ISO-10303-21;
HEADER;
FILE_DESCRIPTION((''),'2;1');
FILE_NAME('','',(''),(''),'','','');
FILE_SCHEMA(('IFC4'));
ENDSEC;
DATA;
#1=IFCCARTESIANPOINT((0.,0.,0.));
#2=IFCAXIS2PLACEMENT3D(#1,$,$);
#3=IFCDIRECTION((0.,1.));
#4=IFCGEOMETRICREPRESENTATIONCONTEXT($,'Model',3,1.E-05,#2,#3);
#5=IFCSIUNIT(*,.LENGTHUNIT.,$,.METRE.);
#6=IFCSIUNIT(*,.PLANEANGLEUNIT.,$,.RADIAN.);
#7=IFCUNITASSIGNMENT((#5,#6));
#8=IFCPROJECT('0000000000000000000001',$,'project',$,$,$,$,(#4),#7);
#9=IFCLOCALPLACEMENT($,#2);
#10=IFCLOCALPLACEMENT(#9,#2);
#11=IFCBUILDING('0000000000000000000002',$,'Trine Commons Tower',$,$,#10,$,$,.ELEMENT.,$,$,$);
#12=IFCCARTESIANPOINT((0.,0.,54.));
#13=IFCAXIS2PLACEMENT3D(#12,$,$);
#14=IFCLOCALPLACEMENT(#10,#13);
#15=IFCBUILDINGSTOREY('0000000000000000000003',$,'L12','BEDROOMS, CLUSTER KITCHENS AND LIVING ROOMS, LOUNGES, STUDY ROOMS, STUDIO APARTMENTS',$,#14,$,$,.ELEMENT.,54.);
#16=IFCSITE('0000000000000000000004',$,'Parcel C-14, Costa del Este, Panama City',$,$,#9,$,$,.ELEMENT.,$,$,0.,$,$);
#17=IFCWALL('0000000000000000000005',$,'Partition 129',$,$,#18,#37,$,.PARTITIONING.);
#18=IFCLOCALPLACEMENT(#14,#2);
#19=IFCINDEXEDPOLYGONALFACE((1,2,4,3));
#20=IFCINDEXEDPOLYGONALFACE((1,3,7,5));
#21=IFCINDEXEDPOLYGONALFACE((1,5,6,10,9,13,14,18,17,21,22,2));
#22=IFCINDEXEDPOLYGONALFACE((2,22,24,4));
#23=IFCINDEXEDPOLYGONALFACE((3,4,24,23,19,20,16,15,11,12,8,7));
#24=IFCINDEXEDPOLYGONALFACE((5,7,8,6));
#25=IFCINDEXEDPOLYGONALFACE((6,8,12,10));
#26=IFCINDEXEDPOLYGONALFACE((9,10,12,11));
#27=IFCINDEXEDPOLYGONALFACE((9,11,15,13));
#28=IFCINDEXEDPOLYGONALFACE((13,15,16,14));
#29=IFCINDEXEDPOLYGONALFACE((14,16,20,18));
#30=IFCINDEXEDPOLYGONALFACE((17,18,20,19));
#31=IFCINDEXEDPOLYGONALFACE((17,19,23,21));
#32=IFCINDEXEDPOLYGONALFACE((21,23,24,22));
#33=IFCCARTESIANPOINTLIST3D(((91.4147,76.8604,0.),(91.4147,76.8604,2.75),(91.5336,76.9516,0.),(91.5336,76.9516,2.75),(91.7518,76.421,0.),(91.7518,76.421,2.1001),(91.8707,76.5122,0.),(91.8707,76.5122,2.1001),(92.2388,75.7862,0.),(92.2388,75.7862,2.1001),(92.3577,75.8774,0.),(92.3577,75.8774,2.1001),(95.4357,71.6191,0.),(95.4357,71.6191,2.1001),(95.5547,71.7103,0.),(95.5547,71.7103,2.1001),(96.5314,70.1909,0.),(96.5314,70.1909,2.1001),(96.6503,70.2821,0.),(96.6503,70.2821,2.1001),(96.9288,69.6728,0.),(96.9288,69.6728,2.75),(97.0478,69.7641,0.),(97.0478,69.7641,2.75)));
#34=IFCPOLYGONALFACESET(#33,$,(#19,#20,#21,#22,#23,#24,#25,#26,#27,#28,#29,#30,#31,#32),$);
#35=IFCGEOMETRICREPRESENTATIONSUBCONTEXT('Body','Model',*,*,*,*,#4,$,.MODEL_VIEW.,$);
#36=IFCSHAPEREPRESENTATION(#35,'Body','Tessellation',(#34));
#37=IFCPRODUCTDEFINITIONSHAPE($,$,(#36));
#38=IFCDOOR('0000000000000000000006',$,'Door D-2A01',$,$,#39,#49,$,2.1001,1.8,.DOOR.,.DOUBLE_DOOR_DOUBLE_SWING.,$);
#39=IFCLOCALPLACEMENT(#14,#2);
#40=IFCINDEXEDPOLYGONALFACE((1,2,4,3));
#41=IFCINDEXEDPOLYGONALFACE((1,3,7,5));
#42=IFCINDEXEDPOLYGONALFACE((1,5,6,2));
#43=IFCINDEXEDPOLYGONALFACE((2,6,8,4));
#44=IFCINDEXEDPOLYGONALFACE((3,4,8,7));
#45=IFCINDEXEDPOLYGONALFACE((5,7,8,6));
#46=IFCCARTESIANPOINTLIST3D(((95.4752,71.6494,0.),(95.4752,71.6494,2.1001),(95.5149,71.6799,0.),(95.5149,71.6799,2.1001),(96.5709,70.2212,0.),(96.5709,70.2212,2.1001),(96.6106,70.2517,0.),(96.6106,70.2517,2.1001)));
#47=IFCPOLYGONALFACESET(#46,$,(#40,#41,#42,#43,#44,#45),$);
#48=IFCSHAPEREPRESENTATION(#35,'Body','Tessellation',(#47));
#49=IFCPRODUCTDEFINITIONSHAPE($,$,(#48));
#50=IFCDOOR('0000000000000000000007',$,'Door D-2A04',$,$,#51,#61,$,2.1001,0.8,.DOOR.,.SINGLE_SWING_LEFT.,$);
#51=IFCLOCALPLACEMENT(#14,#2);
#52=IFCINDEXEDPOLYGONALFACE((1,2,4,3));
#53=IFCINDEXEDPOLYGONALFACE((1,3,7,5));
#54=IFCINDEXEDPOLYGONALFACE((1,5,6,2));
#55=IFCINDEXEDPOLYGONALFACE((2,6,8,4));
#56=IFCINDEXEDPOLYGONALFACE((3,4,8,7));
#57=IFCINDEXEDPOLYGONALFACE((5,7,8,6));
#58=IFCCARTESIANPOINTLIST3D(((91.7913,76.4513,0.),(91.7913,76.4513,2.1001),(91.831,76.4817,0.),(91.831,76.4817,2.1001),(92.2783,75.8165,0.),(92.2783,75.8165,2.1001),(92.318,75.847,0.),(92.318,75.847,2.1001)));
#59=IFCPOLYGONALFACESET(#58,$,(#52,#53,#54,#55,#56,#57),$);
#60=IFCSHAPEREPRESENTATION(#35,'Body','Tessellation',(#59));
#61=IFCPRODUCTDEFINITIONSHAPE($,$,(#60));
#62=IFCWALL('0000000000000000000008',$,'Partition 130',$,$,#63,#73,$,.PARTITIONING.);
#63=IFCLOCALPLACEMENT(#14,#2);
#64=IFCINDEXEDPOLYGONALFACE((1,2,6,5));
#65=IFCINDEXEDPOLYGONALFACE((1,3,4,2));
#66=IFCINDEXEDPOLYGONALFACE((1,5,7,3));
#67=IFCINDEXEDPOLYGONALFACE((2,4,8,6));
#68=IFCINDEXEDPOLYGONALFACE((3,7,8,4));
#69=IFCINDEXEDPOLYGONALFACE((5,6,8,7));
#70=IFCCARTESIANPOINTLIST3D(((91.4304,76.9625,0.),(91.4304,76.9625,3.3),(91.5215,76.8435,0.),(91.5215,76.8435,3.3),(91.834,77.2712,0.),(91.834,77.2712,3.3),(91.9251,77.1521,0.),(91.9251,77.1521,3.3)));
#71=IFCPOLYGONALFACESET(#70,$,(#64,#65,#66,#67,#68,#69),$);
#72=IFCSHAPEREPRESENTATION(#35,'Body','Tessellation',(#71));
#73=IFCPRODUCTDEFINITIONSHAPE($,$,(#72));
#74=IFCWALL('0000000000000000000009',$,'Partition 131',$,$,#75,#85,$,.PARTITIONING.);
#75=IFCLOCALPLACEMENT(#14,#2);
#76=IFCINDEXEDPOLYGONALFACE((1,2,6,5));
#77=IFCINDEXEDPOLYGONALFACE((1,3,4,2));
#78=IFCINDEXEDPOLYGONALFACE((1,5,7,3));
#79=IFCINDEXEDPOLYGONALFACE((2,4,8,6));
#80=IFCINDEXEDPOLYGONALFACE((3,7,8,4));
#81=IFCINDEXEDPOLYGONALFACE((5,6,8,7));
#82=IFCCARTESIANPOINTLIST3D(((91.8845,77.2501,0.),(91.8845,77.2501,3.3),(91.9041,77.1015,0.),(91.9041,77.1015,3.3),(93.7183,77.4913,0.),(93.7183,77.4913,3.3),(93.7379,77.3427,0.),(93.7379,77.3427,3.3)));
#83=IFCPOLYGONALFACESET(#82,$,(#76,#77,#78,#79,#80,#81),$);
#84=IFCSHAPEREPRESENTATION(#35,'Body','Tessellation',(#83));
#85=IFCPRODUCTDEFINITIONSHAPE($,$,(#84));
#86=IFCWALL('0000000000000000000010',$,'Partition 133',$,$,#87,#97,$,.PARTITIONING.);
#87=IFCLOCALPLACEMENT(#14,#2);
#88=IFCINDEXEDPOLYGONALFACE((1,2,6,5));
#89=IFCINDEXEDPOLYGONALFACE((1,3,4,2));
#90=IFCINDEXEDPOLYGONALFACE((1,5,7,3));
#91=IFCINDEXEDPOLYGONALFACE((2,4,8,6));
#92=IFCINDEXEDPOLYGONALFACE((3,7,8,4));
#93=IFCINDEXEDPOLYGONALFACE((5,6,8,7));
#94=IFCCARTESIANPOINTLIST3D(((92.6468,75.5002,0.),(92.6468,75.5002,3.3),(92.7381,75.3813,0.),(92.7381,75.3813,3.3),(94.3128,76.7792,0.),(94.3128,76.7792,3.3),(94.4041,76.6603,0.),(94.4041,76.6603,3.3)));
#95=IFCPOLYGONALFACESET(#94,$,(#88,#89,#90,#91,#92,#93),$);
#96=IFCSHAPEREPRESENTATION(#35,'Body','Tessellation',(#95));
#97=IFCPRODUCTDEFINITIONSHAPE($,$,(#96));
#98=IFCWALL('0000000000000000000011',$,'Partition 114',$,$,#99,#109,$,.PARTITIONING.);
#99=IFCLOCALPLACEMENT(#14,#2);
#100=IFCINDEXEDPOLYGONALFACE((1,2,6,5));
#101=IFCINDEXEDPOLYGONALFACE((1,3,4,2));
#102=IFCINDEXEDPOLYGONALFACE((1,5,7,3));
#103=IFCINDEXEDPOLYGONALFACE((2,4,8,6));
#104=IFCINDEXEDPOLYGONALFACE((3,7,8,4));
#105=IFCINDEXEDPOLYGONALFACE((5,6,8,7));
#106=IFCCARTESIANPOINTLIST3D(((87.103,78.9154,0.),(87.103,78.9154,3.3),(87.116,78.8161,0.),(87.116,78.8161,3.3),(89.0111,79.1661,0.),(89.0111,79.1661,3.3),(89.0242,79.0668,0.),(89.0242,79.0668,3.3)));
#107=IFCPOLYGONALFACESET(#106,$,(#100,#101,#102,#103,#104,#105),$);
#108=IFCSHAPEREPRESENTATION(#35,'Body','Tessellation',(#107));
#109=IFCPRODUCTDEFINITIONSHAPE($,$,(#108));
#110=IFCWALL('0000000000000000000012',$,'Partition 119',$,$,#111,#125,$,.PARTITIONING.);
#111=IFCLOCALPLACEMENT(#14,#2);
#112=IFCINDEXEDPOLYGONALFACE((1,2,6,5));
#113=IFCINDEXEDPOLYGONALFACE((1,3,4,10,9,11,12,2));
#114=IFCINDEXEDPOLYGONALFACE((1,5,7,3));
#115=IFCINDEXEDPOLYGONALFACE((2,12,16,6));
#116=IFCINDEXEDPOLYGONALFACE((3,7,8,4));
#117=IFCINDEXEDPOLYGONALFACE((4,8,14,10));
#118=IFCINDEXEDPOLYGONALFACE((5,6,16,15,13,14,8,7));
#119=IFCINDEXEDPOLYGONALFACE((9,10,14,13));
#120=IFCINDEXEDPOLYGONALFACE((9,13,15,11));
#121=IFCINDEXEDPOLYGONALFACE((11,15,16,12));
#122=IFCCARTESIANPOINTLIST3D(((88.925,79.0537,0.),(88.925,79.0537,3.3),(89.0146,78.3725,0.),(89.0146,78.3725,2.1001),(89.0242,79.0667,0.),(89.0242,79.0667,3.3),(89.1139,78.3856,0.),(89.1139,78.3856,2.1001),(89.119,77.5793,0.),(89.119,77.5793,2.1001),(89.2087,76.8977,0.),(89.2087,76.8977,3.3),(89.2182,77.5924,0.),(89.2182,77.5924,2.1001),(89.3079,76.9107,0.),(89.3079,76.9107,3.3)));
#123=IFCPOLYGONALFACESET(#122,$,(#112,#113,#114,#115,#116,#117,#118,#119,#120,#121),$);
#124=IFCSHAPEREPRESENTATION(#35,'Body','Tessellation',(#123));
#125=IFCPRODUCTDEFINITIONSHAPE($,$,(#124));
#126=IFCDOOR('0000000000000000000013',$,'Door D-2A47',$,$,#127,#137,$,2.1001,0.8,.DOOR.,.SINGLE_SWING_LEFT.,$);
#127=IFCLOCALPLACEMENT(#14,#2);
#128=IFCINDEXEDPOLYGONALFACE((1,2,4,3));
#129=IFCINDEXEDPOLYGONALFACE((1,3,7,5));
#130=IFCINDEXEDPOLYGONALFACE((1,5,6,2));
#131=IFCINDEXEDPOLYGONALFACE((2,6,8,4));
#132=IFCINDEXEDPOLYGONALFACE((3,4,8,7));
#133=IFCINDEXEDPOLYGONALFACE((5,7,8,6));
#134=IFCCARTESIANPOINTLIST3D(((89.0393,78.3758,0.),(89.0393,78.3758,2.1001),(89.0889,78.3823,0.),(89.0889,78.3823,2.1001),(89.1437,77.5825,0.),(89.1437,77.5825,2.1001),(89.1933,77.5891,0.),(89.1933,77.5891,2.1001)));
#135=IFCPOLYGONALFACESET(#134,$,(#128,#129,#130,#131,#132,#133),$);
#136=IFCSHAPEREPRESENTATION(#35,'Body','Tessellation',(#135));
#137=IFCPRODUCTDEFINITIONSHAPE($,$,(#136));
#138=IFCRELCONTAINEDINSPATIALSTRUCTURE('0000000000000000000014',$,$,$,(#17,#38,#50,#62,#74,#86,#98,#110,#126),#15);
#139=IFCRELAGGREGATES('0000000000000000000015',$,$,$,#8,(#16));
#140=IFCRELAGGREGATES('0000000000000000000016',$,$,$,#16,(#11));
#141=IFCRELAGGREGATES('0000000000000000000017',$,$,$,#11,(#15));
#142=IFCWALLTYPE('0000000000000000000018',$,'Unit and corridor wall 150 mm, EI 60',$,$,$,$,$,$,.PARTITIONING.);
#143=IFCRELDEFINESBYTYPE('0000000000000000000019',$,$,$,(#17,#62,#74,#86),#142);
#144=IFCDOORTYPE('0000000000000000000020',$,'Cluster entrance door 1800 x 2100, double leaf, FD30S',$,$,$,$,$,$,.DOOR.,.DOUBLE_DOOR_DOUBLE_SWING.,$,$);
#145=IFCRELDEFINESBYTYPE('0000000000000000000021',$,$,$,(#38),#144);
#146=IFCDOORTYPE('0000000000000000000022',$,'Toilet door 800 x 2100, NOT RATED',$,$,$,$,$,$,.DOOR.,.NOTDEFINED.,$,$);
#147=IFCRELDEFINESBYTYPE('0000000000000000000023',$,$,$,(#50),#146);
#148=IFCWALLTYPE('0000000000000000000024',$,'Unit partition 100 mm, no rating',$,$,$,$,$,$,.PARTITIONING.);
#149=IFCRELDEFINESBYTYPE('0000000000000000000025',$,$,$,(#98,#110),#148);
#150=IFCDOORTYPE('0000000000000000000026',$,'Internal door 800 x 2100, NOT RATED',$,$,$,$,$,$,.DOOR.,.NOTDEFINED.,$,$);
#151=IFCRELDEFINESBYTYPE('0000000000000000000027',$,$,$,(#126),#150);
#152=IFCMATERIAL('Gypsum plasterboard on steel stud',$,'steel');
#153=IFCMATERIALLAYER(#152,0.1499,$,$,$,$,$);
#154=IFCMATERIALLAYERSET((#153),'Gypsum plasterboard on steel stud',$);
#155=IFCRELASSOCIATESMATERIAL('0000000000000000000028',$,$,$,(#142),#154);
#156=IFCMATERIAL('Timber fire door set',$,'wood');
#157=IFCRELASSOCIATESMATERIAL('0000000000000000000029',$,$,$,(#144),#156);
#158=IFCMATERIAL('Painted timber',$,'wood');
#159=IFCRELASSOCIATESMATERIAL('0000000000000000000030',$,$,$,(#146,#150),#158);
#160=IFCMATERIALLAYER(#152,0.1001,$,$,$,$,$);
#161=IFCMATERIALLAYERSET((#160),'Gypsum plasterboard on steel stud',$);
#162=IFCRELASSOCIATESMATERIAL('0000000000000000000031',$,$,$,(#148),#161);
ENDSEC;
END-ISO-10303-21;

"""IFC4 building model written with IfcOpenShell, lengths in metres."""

from ifc_helpers import new_model, si_unit, direction, frame, frame_2d, origin, place, context, subcontext, project, spatial, rectangle, extrude, material, layer, layer_set, type_object, element, fill, save


model = new_model("IFC4")

# Units and contexts
model_context = context("Model", 3, precision=1e-05, world=origin(), true_north=direction((0.0, 1.0)))
body_context = subcontext(model_context, "Body", "Model", "MODEL_VIEW")
ifc_project = project(units=[si_unit("LENGTHUNIT", "METRE"), si_unit("PLANEANGLEUNIT", "RADIAN")], contexts=[model_context])

# Site, building, storey
site_placement = place(None, origin())
site = spatial("IfcSite", under=ifc_project, at=site_placement, Name="Parcel C-14, Costa del Este, Panama City", CompositionType="ELEMENT", RefElevation=0.0)
building_placement = place(site_placement, origin())
building = spatial("IfcBuilding", under=site, at=building_placement, Name="Trine Commons Tower", CompositionType="ELEMENT")
storey_placement = place(building_placement, frame((0.0, 0.0, 54.0)))
storey = spatial("IfcBuildingStorey", under=building, at=storey_placement, Name="L12", Description="BEDROOMS, CLUSTER KITCHENS AND LIVING ROOMS, LOUNGES, STUDY ROOMS, STUDIO APARTMENTS", CompositionType="ELEMENT", Elevation=54.0)

# Shared definitions
ifc_material_1 = material(Name="Gypsum plasterboard on steel stud", Category="steel")
ifc_layer_1 = layer(ifc_material_1, 0.1499)
ifc_layer_set_1 = layer_set([ifc_layer_1], Name="Gypsum plasterboard on steel stud")
wall_type_1 = type_object("IfcWallType", Name="Unit and corridor wall 150 mm, EI 60", PredefinedType="PARTITIONING", material=ifc_layer_set_1)

# Shared definitions
ifc_material_2 = material(Name="Timber fire door set", Category="wood")

# Wall, openings, doors
wall_1_placement = place(storey_placement, frame((91.4741, 76.906, 0.0), z_axis=(0.0, 0.0, 1.0), x_axis=(0.608692, -0.793407, 0.0)))
wall_1 = element("IfcWall", 1, at=wall_1_placement, inside=storey, type_object=wall_type_1, Name="Partition 129", PredefinedType="PARTITIONING", context=body_context, shape_type="SweptSolid", body=[
    extrude(rectangle(XDim=9.0591, YDim=0.1499, at=frame_2d((4.5295, 0.0))), origin(), (0.0, 0.0, 1.0), 2.75),
])
opening_1_placement = place(wall_1_placement, frame((6.6062, 0.0, 0.0)))
opening_1 = element("IfcOpeningElement", 2, at=opening_1_placement, cuts=wall_1, PredefinedType="OPENING", context=body_context, shape_type="SweptSolid", body=[
    extrude(rectangle(XDim=1.8, YDim=2.1001, at=frame_2d((0.8999, 1.05))), frame((0.0, 0.085, 0.0), z_axis=(0.0, -1.0, 0.0), x_axis=(1.0, 0.0, 0.0)), (0.0, 0.0, 1.0), 0.1699),
])
opening_2_placement = place(wall_1_placement, frame((0.554, 0.0, 0.0)))
opening_2 = element("IfcOpeningElement", 3, at=opening_2_placement, cuts=wall_1, PredefinedType="OPENING", context=body_context, shape_type="SweptSolid", body=[
    extrude(rectangle(XDim=0.8, YDim=2.1001, at=frame_2d((0.3999, 1.05))), frame((0.0, 0.085, 0.0), z_axis=(0.0, -1.0, 0.0), x_axis=(1.0, 0.0, 0.0)), (0.0, 0.0, 1.0), 0.1699),
])
door_type_1 = type_object("IfcDoorType", Name="Cluster entrance door 1800 x 2100, double leaf, FD30S", OperationType="DOUBLE_DOOR_DOUBLE_SWING", PredefinedType="DOOR", material=ifc_material_2)
door_1_placement = place(opening_1_placement, origin())
door_1 = element("IfcDoor", 4, at=door_1_placement, inside=storey, type_object=door_type_1, Name="Door D-2A01", OperationType="DOUBLE_DOOR_DOUBLE_SWING", OverallHeight=2.1001, OverallWidth=1.8, PredefinedType="DOOR", context=body_context, shape_type="SweptSolid", body=[
    extrude(rectangle(XDim=1.8, YDim=2.1001, at=frame_2d((0.8999, 1.05))), frame((0.0, 0.0249, 0.0), z_axis=(0.0, -1.0, 0.0), x_axis=(1.0, 0.0, 0.0)), (0.0, 0.0, 1.0), 0.05),
])
fill(opening_1, door_1)
ifc_material_3 = material(Name="Painted timber", Category="wood")
door_type_2 = type_object("IfcDoorType", Name="Toilet door 800 x 2100, NOT RATED", OperationType="NOTDEFINED", PredefinedType="DOOR", material=ifc_material_3)
door_2_placement = place(opening_2_placement, origin())
door_2 = element("IfcDoor", 5, at=door_2_placement, inside=storey, type_object=door_type_2, Name="Door D-2A04", OperationType="SINGLE_SWING_LEFT", OverallHeight=2.1001, OverallWidth=0.8, PredefinedType="DOOR", context=body_context, shape_type="SweptSolid", body=[
    extrude(rectangle(XDim=0.8, YDim=2.1001, at=frame_2d((0.3999, 1.05))), frame((0.0, 0.0249, 0.0), z_axis=(0.0, -1.0, 0.0), x_axis=(1.0, 0.0, 0.0)), (0.0, 0.0, 1.0), 0.05),
])
fill(opening_2, door_2)

# Walls
wall_2_placement = place(storey_placement, frame((91.4761, 76.9031, 0.0), z_axis=(0.0, 0.0, 1.0), x_axis=(0.794371, 0.607432, 0.0)))
element("IfcWall", 6, at=wall_2_placement, inside=storey, type_object=wall_type_1, Name="Partition 130", PredefinedType="PARTITIONING", context=body_context, shape_type="SweptSolid", body=[
    extrude(rectangle(XDim=0.5081, YDim=0.1499, at=frame_2d((0.2539, 0.0))), origin(), (0.0, 0.0, 1.0), 3.3),
])
wall_3_placement = place(storey_placement, frame((91.8943, 77.1758, 0.0), z_axis=(0.0, 0.0, 1.0), x_axis=(0.991459, 0.130417, 0.0)))
element("IfcWall", 7, at=wall_3_placement, inside=storey, type_object=wall_type_1, Name="Partition 131", PredefinedType="PARTITIONING", context=body_context, shape_type="SweptSolid", body=[
    extrude(rectangle(XDim=1.8496, YDim=0.1499, at=frame_2d((0.9248, 0.0))), origin(), (0.0, 0.0, 1.0), 3.3),
])
wall_4_placement = place(storey_placement, frame((92.6924, 75.4407, 0.0), z_axis=(0.0, 0.0, 1.0), x_axis=(0.793198, 0.608963, 0.0)))
element("IfcWall", 8, at=wall_4_placement, inside=storey, type_object=wall_type_1, Name="Partition 133", PredefinedType="PARTITIONING", context=body_context, shape_type="SweptSolid", body=[
    extrude(rectangle(XDim=2.1003, YDim=0.1499, at=frame_2d((1.0503, 0.0))), origin(), (0.0, 0.0, 1.0), 3.3),
])
ifc_layer_2 = layer(ifc_material_1, 0.1001)
ifc_layer_set_2 = layer_set([ifc_layer_2], Name="Gypsum plasterboard on steel stud")
wall_type_2 = type_object("IfcWallType", Name="Unit partition 100 mm, no rating", PredefinedType="PARTITIONING", material=ifc_layer_set_2)
wall_5_placement = place(storey_placement, frame((87.1094, 78.8657, 0.0), z_axis=(0.0, 0.0, 1.0), x_axis=(0.991478, 0.130277, 0.0)))
element("IfcWall", 9, at=wall_5_placement, inside=storey, type_object=wall_type_2, Name="Partition 114", PredefinedType="PARTITIONING", context=body_context, shape_type="SweptSolid", body=[
    extrude(rectangle(XDim=1.9246, YDim=0.1001, at=frame_2d((0.9624, 0.0))), origin(), (0.0, 0.0, 1.0), 3.3),
])

# Wall, opening, door
wall_6_placement = place(storey_placement, frame((88.9746, 79.0603, 0.0), z_axis=(0.0, 0.0, 1.0), x_axis=(0.130457, -0.991454, 0.0)))
wall_6 = element("IfcWall", 10, at=wall_6_placement, inside=storey, type_object=wall_type_2, Name="Partition 119", PredefinedType="PARTITIONING", context=body_context, shape_type="SweptSolid", body=[
    extrude(rectangle(XDim=2.1746, YDim=0.1001, at=frame_2d((1.0874, 0.0))), origin(), (0.0, 0.0, 1.0), 3.3),
])
opening_3_placement = place(wall_6_placement, frame((0.6873, 0.0, 0.0)))
opening_3 = element("IfcOpeningElement", 11, at=opening_3_placement, cuts=wall_6, PredefinedType="OPENING", context=body_context, shape_type="SweptSolid", body=[
    extrude(rectangle(XDim=0.8, YDim=2.1001, at=frame_2d((0.3999, 1.05))), frame((0.0, 0.0601, 0.0), z_axis=(0.0, -1.0, 0.0), x_axis=(1.0, 0.0, 0.0)), (0.0, 0.0, 1.0), 0.1201),
])
door_type_3 = type_object("IfcDoorType", Name="Internal door 800 x 2100, NOT RATED", OperationType="NOTDEFINED", PredefinedType="DOOR", material=ifc_material_3)
door_3_placement = place(opening_3_placement, origin())
door_3 = element("IfcDoor", 12, at=door_3_placement, inside=storey, type_object=door_type_3, Name="Door D-2A47", OperationType="SINGLE_SWING_LEFT", OverallHeight=2.1001, OverallWidth=0.8, PredefinedType="DOOR", context=body_context, shape_type="SweptSolid", body=[
    extrude(rectangle(XDim=0.8, YDim=2.1001, at=frame_2d((0.3999, 1.05))), frame((0.0, 0.0249, 0.0), z_axis=(0.0, -1.0, 0.0), x_axis=(1.0, 0.0, 0.0)), (0.0, 0.0, 1.0), 0.05),
])
fill(opening_3, door_3)

save(model, "model.ifc")
